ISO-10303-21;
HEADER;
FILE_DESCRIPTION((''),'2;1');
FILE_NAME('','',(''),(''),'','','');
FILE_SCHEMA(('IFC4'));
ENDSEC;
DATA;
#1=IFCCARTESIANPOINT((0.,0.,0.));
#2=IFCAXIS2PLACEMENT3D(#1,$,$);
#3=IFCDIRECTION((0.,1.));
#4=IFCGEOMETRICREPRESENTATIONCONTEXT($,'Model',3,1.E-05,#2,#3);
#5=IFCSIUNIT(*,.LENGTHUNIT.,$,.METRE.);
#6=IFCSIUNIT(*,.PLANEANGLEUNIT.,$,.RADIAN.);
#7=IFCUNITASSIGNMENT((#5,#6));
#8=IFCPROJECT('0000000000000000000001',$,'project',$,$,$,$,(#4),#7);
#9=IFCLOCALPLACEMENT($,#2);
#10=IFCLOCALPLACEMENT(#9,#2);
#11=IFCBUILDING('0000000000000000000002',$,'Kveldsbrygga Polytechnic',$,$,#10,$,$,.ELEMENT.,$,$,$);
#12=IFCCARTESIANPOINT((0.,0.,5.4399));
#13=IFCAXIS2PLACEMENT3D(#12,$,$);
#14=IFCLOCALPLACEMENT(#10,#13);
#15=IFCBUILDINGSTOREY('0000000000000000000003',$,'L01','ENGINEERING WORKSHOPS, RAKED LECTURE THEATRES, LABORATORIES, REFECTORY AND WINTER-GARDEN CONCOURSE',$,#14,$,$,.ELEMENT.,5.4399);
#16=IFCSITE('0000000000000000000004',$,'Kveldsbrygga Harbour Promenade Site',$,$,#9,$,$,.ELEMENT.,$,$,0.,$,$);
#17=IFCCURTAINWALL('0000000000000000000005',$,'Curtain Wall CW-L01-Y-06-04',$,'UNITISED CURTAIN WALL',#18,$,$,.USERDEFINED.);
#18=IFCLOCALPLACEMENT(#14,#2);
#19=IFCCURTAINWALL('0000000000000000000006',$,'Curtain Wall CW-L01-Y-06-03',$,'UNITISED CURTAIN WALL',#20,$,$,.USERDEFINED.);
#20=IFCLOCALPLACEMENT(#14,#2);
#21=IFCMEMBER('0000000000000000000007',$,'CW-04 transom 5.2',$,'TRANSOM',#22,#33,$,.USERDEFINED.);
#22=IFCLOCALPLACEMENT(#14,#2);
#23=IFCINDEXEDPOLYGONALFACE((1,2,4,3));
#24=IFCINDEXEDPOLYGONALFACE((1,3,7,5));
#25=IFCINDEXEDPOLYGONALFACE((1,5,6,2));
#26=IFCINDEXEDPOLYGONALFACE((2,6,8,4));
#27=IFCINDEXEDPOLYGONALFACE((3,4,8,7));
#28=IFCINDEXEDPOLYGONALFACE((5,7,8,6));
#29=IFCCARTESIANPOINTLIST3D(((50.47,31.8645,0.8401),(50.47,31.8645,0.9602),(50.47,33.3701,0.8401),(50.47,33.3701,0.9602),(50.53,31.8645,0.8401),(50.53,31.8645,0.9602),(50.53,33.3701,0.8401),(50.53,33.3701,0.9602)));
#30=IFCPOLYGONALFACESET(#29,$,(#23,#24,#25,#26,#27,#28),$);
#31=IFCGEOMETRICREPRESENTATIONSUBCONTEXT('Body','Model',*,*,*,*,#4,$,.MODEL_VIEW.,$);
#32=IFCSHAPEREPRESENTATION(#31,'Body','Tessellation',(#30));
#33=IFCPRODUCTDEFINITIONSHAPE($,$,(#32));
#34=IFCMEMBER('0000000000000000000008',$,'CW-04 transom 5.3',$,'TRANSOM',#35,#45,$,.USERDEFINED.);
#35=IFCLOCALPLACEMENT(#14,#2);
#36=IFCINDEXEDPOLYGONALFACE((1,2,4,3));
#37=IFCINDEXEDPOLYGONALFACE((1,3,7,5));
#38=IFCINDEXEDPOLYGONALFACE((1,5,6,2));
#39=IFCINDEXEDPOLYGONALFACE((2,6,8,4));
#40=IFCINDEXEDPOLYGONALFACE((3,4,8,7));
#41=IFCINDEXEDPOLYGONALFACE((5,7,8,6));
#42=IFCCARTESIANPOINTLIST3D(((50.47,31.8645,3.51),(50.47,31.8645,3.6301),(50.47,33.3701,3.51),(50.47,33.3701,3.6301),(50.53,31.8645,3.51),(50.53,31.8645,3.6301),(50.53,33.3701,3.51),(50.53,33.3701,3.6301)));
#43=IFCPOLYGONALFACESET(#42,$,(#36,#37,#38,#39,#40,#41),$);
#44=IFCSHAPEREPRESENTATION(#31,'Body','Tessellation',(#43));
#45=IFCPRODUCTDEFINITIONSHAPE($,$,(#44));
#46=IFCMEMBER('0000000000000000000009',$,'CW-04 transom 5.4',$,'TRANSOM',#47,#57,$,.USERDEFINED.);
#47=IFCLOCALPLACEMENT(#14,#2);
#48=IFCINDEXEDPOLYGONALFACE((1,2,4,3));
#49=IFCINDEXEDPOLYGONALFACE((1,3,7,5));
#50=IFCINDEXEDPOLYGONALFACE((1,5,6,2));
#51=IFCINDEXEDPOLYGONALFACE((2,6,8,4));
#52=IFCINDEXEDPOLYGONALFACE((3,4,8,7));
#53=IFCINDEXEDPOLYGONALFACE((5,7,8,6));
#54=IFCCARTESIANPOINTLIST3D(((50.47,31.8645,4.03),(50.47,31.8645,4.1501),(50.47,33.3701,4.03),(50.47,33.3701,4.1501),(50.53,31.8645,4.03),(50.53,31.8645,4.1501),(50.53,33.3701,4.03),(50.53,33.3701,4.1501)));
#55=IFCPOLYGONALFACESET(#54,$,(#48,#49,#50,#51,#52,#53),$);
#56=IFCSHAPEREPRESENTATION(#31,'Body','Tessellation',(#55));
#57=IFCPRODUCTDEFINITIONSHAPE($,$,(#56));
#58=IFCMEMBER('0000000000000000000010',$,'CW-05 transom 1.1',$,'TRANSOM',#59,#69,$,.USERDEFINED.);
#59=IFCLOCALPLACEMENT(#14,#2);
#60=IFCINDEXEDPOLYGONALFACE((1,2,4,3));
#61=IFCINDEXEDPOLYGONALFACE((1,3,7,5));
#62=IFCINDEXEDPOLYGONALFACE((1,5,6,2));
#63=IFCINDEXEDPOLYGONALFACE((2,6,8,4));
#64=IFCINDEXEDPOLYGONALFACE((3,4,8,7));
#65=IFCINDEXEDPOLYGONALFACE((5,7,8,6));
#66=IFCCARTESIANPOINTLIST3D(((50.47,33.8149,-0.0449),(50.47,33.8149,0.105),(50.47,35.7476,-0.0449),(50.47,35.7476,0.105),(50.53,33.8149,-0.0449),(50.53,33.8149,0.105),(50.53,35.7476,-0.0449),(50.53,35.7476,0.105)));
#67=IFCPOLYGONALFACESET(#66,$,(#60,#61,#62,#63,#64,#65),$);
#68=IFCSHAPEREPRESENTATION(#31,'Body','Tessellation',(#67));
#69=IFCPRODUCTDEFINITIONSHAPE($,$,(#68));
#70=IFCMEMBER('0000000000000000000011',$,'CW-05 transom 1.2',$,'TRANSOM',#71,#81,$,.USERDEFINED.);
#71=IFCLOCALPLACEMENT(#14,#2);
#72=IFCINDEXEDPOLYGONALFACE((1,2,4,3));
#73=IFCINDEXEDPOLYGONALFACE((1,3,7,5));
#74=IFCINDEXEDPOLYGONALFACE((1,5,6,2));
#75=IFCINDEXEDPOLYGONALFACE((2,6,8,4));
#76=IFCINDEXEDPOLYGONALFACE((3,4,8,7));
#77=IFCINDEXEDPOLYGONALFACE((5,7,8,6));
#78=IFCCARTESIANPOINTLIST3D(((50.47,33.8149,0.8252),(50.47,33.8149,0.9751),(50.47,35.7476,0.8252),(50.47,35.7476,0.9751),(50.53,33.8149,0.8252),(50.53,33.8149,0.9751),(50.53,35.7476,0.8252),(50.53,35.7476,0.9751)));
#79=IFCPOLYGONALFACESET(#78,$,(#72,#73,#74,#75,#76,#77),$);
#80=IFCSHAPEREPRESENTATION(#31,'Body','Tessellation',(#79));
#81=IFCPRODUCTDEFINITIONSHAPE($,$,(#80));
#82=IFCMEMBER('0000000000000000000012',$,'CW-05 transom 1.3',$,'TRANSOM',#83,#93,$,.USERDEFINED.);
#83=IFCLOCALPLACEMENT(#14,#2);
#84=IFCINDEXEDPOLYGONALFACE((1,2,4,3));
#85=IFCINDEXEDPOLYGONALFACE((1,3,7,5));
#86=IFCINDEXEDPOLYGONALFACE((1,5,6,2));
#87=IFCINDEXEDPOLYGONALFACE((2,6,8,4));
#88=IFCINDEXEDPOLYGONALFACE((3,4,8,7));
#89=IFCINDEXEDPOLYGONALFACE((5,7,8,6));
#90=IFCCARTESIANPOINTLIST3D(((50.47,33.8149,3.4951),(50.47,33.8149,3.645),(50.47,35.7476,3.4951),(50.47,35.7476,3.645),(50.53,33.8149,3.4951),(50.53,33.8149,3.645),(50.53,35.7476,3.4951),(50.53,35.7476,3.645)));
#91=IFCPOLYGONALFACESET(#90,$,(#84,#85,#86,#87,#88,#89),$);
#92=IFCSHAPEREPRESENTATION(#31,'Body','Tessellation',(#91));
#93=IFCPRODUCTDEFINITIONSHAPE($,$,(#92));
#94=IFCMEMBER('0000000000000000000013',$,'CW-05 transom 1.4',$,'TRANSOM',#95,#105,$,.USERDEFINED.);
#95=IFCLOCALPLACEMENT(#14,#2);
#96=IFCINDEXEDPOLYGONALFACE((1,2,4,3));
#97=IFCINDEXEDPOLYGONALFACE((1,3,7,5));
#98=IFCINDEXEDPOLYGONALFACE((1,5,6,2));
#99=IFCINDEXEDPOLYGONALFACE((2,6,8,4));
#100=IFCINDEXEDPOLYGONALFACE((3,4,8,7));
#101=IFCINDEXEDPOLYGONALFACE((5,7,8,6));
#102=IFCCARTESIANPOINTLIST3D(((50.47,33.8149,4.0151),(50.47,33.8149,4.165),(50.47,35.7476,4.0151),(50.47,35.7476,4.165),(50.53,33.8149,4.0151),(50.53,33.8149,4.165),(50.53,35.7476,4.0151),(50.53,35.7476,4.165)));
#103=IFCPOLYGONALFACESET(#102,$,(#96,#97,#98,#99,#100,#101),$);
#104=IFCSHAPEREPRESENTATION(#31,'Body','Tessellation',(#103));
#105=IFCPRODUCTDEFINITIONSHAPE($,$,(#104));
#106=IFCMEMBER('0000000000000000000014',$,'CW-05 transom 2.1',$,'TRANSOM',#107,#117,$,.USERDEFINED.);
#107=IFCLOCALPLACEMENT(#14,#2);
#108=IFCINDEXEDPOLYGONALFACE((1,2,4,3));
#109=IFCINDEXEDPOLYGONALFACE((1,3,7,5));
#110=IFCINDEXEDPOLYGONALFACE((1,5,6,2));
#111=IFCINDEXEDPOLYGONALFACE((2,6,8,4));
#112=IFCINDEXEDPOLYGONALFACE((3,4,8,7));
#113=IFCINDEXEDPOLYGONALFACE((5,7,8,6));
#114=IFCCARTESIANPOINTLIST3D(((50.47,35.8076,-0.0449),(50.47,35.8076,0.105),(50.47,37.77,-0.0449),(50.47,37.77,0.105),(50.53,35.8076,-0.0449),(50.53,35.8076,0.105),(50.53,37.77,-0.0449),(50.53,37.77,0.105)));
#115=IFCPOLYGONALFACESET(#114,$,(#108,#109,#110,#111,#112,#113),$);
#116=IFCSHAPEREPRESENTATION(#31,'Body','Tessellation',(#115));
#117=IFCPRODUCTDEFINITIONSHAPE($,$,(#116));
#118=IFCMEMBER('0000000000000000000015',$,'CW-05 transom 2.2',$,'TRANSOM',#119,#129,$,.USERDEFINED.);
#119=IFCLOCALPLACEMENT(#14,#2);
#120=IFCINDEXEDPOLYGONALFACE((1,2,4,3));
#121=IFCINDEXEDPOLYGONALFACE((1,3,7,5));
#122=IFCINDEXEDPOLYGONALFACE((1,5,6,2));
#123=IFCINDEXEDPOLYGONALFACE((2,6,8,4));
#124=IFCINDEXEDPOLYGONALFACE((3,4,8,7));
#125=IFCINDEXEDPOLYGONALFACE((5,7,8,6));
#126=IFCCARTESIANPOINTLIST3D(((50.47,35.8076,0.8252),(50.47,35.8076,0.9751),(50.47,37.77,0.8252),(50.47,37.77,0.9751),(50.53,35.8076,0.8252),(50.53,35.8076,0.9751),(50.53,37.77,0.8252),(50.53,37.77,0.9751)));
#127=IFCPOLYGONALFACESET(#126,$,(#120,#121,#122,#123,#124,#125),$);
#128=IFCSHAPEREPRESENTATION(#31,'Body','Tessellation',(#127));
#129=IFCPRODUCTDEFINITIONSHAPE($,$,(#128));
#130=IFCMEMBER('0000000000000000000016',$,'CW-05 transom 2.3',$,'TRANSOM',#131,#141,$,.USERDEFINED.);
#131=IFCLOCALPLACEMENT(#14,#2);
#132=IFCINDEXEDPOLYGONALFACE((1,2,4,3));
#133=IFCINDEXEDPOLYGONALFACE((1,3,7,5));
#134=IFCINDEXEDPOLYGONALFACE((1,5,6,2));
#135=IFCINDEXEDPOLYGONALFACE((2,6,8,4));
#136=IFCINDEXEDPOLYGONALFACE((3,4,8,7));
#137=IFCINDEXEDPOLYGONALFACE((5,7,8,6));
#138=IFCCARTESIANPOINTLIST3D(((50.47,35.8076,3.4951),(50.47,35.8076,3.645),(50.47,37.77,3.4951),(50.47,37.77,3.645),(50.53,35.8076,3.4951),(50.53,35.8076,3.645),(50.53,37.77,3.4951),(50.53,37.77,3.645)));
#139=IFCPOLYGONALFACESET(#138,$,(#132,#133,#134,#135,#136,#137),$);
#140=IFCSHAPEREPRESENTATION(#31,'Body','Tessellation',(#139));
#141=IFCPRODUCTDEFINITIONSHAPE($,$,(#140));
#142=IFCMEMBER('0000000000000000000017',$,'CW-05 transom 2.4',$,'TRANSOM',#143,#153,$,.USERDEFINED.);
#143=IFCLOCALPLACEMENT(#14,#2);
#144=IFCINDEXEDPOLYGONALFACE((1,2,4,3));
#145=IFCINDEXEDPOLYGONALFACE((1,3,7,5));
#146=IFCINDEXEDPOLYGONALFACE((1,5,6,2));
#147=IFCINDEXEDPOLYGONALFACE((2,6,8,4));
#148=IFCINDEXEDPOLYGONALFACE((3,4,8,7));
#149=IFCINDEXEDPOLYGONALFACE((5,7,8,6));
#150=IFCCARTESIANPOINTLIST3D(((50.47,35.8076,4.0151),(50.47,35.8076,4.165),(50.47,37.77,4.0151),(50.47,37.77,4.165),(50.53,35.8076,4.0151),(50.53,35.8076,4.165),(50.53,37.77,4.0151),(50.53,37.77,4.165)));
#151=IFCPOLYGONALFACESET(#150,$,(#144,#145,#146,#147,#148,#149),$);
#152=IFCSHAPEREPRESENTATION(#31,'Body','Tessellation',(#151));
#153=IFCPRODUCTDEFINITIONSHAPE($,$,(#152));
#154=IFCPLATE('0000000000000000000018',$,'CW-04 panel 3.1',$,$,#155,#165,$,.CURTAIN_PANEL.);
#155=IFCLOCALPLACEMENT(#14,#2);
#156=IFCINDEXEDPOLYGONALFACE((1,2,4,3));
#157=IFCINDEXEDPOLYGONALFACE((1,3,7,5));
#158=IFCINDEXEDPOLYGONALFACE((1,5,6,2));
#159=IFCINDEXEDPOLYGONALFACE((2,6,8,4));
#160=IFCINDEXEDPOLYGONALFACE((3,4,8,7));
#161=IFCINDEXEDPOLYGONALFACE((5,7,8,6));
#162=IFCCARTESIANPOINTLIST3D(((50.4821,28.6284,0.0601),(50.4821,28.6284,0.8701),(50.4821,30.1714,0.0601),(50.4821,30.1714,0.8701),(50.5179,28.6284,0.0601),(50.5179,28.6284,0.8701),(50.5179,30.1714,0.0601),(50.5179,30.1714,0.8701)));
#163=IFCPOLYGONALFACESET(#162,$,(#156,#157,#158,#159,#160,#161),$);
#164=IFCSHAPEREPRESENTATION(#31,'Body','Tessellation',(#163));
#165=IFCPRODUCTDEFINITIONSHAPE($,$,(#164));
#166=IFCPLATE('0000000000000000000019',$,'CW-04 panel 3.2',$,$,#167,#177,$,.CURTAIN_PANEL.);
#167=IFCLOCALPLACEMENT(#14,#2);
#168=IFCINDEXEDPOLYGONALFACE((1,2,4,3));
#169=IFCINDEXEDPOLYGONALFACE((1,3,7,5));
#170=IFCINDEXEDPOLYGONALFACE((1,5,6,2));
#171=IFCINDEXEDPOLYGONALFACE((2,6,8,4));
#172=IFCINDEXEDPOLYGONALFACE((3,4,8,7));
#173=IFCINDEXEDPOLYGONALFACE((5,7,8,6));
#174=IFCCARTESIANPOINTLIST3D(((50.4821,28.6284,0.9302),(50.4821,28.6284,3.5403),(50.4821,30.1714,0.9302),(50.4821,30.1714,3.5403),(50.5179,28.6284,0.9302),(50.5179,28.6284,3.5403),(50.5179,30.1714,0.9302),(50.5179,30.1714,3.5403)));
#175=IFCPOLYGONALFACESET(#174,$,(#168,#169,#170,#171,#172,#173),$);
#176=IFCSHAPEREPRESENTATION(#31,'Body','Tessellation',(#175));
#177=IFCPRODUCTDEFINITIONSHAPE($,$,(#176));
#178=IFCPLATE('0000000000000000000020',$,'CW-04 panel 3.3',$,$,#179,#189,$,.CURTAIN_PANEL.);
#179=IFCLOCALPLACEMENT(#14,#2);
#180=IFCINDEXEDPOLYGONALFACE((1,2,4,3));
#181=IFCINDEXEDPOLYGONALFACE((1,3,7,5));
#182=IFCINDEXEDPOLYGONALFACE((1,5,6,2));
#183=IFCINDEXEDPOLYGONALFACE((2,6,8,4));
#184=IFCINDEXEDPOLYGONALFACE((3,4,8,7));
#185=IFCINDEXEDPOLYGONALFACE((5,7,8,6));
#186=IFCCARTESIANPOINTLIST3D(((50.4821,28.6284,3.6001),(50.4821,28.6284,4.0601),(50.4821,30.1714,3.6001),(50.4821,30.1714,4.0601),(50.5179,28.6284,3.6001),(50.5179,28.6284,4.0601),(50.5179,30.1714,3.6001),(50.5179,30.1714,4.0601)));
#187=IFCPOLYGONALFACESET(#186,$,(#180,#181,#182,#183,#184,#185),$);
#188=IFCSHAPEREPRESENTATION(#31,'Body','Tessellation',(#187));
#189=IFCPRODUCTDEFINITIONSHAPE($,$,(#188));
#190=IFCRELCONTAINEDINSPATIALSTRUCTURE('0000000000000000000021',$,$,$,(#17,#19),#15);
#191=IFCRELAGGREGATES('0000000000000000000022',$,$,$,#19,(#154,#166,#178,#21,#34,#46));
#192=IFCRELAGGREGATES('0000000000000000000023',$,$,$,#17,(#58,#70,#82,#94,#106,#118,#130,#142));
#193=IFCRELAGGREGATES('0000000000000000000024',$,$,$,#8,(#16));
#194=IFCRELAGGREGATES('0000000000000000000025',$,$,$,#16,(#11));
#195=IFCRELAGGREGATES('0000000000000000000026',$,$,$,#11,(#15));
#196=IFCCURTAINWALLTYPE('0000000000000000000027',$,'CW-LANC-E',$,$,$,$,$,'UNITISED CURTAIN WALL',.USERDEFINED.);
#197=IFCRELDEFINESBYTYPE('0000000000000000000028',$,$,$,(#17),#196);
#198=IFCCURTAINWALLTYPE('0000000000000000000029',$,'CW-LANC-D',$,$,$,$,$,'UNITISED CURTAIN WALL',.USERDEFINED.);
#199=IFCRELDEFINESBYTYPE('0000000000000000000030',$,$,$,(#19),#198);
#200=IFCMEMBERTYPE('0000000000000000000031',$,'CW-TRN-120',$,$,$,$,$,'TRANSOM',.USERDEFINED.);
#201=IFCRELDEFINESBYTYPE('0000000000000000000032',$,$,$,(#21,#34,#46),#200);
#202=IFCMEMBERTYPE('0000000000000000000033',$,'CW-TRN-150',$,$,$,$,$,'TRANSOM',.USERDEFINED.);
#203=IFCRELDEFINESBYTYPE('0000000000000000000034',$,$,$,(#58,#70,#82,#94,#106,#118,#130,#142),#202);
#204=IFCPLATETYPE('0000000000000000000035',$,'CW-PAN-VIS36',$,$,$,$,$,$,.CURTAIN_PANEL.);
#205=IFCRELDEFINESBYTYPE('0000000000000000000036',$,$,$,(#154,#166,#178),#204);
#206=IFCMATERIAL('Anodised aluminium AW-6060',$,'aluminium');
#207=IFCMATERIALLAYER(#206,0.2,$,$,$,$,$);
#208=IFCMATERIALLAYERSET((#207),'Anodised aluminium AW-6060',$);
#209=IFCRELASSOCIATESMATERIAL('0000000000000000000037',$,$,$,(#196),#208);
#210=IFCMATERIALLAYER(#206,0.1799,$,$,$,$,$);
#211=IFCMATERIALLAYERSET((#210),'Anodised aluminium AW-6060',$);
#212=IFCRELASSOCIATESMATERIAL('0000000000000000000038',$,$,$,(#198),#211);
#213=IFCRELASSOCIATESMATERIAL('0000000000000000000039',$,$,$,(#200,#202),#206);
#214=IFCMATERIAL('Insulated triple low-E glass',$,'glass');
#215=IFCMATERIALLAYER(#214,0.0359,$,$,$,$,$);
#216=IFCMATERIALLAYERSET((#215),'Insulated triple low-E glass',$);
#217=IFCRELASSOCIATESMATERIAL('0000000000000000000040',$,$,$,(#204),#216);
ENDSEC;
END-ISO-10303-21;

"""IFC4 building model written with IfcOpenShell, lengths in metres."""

from ifc_helpers import new_model, si_unit, direction, frame, origin, origin_2d, place, context, subcontext, project, spatial, rectangle, extrude, material, layer, layer_set, material_profile, profile_set, type_object, element, aggregate, save


model = new_model("IFC4")

# Units and contexts
model_context = context("Model", 3, precision=1e-05, world=origin(), true_north=direction((0.0, 1.0)))
body_context = subcontext(model_context, "Body", "Model", "MODEL_VIEW")
ifc_project = project(units=[si_unit("LENGTHUNIT", "METRE"), si_unit("PLANEANGLEUNIT", "RADIAN")], contexts=[model_context])

# Site, building, storey
site_placement = place(None, origin())
site = spatial("IfcSite", under=ifc_project, at=site_placement, Name="Kveldsbrygga Harbour Promenade Site", CompositionType="ELEMENT", RefElevation=0.0)
building_placement = place(site_placement, origin())
building = spatial("IfcBuilding", under=site, at=building_placement, Name="Kveldsbrygga Polytechnic", CompositionType="ELEMENT")
storey_placement = place(building_placement, frame((0.0, 0.0, 5.4399)))
storey = spatial("IfcBuildingStorey", under=building, at=storey_placement, Name="L01", Description="ENGINEERING WORKSHOPS, RAKED LECTURE THEATRES, LABORATORIES, REFECTORY AND WINTER-GARDEN CONCOURSE", CompositionType="ELEMENT", Elevation=5.4399)

# Curtain walls, members
ifc_material_1 = material(Name="Anodised aluminium AW-6060", Category="aluminium")
ifc_layer_1 = layer(ifc_material_1, 0.2)
ifc_layer_set_1 = layer_set([ifc_layer_1], Name="Anodised aluminium AW-6060")
curtain_wall_type_1 = type_object("IfcCurtainWallType", Name="CW-LANC-E", ElementType="UNITISED CURTAIN WALL", PredefinedType="USERDEFINED", material=ifc_layer_set_1)
curtain_wall_1_placement = place(storey_placement, origin())
curtain_wall_1 = element("IfcCurtainWall", 1, at=curtain_wall_1_placement, inside=storey, type_object=curtain_wall_type_1, Name="Curtain Wall CW-L01-Y-06-04", ObjectType="UNITISED CURTAIN WALL", PredefinedType="USERDEFINED")
ifc_layer_2 = layer(ifc_material_1, 0.1799)
ifc_layer_set_2 = layer_set([ifc_layer_2], Name="Anodised aluminium AW-6060")
curtain_wall_type_2 = type_object("IfcCurtainWallType", Name="CW-LANC-D", ElementType="UNITISED CURTAIN WALL", PredefinedType="USERDEFINED", material=ifc_layer_set_2)
curtain_wall_2_placement = place(storey_placement, origin())
curtain_wall_2 = element("IfcCurtainWall", 2, at=curtain_wall_2_placement, inside=storey, type_object=curtain_wall_type_2, Name="Curtain Wall CW-L01-Y-06-03", ObjectType="UNITISED CURTAIN WALL", PredefinedType="USERDEFINED")
ifc_material_profile_1 = material_profile(ifc_material_1, rectangle(XDim=0.0601, YDim=0.1201, at=origin_2d()), Name="ALU 60x120")
ifc_profile_set_1 = profile_set([ifc_material_profile_1], Name="Anodised aluminium AW-6060")
member_type_1 = type_object("IfcMemberType", Name="CW-TRN-120", ElementType="TRANSOM", PredefinedType="USERDEFINED", material=ifc_profile_set_1)
member_1_placement = place(storey_placement, frame((50.5, 31.8645, 0.9001), z_axis=(0.0, 1.0, 0.0), x_axis=(-1.0, 0.0, 0.0)))
member_1 = element("IfcMember", 3, at=member_1_placement, type_object=member_type_1, Name="CW-04 transom 5.2", ObjectType="TRANSOM", PredefinedType="USERDEFINED", context=body_context, shape_type="SweptSolid", body=[
    extrude(rectangle(XDim=0.0601, YDim=0.1201, at=origin_2d()), origin(), (0.0, 0.0, 1.0), 1.5056),
])
member_2_placement = place(storey_placement, frame((50.5, 31.8645, 3.5701), z_axis=(0.0, 1.0, 0.0), x_axis=(-1.0, 0.0, 0.0)))
member_2 = element("IfcMember", 4, at=member_2_placement, type_object=member_type_1, Name="CW-04 transom 5.3", ObjectType="TRANSOM", PredefinedType="USERDEFINED", context=body_context, shape_type="SweptSolid", body=[
    extrude(rectangle(XDim=0.0601, YDim=0.1201, at=origin_2d()), origin(), (0.0, 0.0, 1.0), 1.5056),
])
member_3_placement = place(storey_placement, frame((50.5, 31.8645, 4.0901), z_axis=(0.0, 1.0, 0.0), x_axis=(-1.0, 0.0, 0.0)))
member_3 = element("IfcMember", 5, at=member_3_placement, type_object=member_type_1, Name="CW-04 transom 5.4", ObjectType="TRANSOM", PredefinedType="USERDEFINED", context=body_context, shape_type="SweptSolid", body=[
    extrude(rectangle(XDim=0.0601, YDim=0.1201, at=origin_2d()), origin(), (0.0, 0.0, 1.0), 1.5056),
])

# Members
ifc_material_profile_2 = material_profile(ifc_material_1, rectangle(XDim=0.0601, YDim=0.1499, at=origin_2d()), Name="ALU 60x150")
ifc_profile_set_2 = profile_set([ifc_material_profile_2], Name="Anodised aluminium AW-6060")
member_type_2 = type_object("IfcMemberType", Name="CW-TRN-150", ElementType="TRANSOM", PredefinedType="USERDEFINED", material=ifc_profile_set_2)
member_4_placement = place(storey_placement, frame((50.5, 33.8149, 0.03), z_axis=(0.0, 1.0, 0.0), x_axis=(-1.0, 0.0, 0.0)))
member_4 = element("IfcMember", 6, at=member_4_placement, type_object=member_type_2, Name="CW-05 transom 1.1", ObjectType="TRANSOM", PredefinedType="USERDEFINED", context=body_context, shape_type="SweptSolid", body=[
    extrude(rectangle(XDim=0.0601, YDim=0.1499, at=origin_2d()), origin(), (0.0, 0.0, 1.0), 1.9326),
])
member_5_placement = place(storey_placement, frame((50.5, 33.8149, 0.9001), z_axis=(0.0, 1.0, 0.0), x_axis=(-1.0, 0.0, 0.0)))
member_5 = element("IfcMember", 7, at=member_5_placement, type_object=member_type_2, Name="CW-05 transom 1.2", ObjectType="TRANSOM", PredefinedType="USERDEFINED", context=body_context, shape_type="SweptSolid", body=[
    extrude(rectangle(XDim=0.0601, YDim=0.1499, at=origin_2d()), origin(), (0.0, 0.0, 1.0), 1.9326),
])
member_6_placement = place(storey_placement, frame((50.5, 33.8149, 3.5701), z_axis=(0.0, 1.0, 0.0), x_axis=(-1.0, 0.0, 0.0)))
member_6 = element("IfcMember", 8, at=member_6_placement, type_object=member_type_2, Name="CW-05 transom 1.3", ObjectType="TRANSOM", PredefinedType="USERDEFINED", context=body_context, shape_type="SweptSolid", body=[
    extrude(rectangle(XDim=0.0601, YDim=0.1499, at=origin_2d()), origin(), (0.0, 0.0, 1.0), 1.9326),
])
member_7_placement = place(storey_placement, frame((50.5, 33.8149, 4.0901), z_axis=(0.0, 1.0, 0.0), x_axis=(-1.0, 0.0, 0.0)))
member_7 = element("IfcMember", 9, at=member_7_placement, type_object=member_type_2, Name="CW-05 transom 1.4", ObjectType="TRANSOM", PredefinedType="USERDEFINED", context=body_context, shape_type="SweptSolid", body=[
    extrude(rectangle(XDim=0.0601, YDim=0.1499, at=origin_2d()), origin(), (0.0, 0.0, 1.0), 1.9326),
])
member_8_placement = place(storey_placement, frame((50.5, 35.8076, 0.03), z_axis=(0.0, 1.0, 0.0), x_axis=(-1.0, 0.0, 0.0)))
member_8 = element("IfcMember", 10, at=member_8_placement, type_object=member_type_2, Name="CW-05 transom 2.1", ObjectType="TRANSOM", PredefinedType="USERDEFINED", context=body_context, shape_type="SweptSolid", body=[
    extrude(rectangle(XDim=0.0601, YDim=0.1499, at=origin_2d()), origin(), (0.0, 0.0, 1.0), 1.9624),
])
member_9_placement = place(storey_placement, frame((50.5, 35.8076, 0.9001), z_axis=(0.0, 1.0, 0.0), x_axis=(-1.0, 0.0, 0.0)))
member_9 = element("IfcMember", 11, at=member_9_placement, type_object=member_type_2, Name="CW-05 transom 2.2", ObjectType="TRANSOM", PredefinedType="USERDEFINED", context=body_context, shape_type="SweptSolid", body=[
    extrude(rectangle(XDim=0.0601, YDim=0.1499, at=origin_2d()), origin(), (0.0, 0.0, 1.0), 1.9624),
])
member_10_placement = place(storey_placement, frame((50.5, 35.8076, 3.5701), z_axis=(0.0, 1.0, 0.0), x_axis=(-1.0, 0.0, 0.0)))
member_10 = element("IfcMember", 12, at=member_10_placement, type_object=member_type_2, Name="CW-05 transom 2.3", ObjectType="TRANSOM", PredefinedType="USERDEFINED", context=body_context, shape_type="SweptSolid", body=[
    extrude(rectangle(XDim=0.0601, YDim=0.1499, at=origin_2d()), origin(), (0.0, 0.0, 1.0), 1.9624),
])
member_11_placement = place(storey_placement, frame((50.5, 35.8076, 4.0901), z_axis=(0.0, 1.0, 0.0), x_axis=(-1.0, 0.0, 0.0)))
member_11 = element("IfcMember", 13, at=member_11_placement, type_object=member_type_2, Name="CW-05 transom 2.4", ObjectType="TRANSOM", PredefinedType="USERDEFINED", context=body_context, shape_type="SweptSolid", body=[
    extrude(rectangle(XDim=0.0601, YDim=0.1499, at=origin_2d()), origin(), (0.0, 0.0, 1.0), 1.9624),
])

# Plates
ifc_material_2 = material(Name="Insulated triple low-E glass", Category="glass")
ifc_layer_3 = layer(ifc_material_2, 0.0359)
ifc_layer_set_3 = layer_set([ifc_layer_3], Name="Insulated triple low-E glass")
plate_type_1 = type_object("IfcPlateType", Name="CW-PAN-VIS36", PredefinedType="CURTAIN_PANEL", material=ifc_layer_set_3)
plate_1_placement = place(storey_placement, frame((50.5, 29.3999, 0.0601), z_axis=(0.0, 0.0, 1.0), x_axis=(0.0, 1.0, 0.0)))
plate_1 = element("IfcPlate", 14, at=plate_1_placement, type_object=plate_type_1, Name="CW-04 panel 3.1", PredefinedType="CURTAIN_PANEL", context=body_context, shape_type="SweptSolid", body=[
    extrude(rectangle(XDim=1.543, YDim=0.0359, at=origin_2d()), origin(), (0.0, 0.0, 1.0), 0.8101),
])
plate_2_placement = place(storey_placement, frame((50.5, 29.3999, 0.9302), z_axis=(0.0, 0.0, 1.0), x_axis=(0.0, 1.0, 0.0)))
plate_2 = element("IfcPlate", 15, at=plate_2_placement, type_object=plate_type_1, Name="CW-04 panel 3.2", PredefinedType="CURTAIN_PANEL", context=body_context, shape_type="SweptSolid", body=[
    extrude(rectangle(XDim=1.543, YDim=0.0359, at=origin_2d()), origin(), (0.0, 0.0, 1.0), 2.6101),
])
plate_3_placement = place(storey_placement, frame((50.5, 29.3999, 3.6001), z_axis=(0.0, 0.0, 1.0), x_axis=(0.0, 1.0, 0.0)))
plate_3 = element("IfcPlate", 16, at=plate_3_placement, type_object=plate_type_1, Name="CW-04 panel 3.3", PredefinedType="CURTAIN_PANEL", context=body_context, shape_type="SweptSolid", body=[
    extrude(rectangle(XDim=1.543, YDim=0.0359, at=origin_2d()), origin(), (0.0, 0.0, 1.0), 0.46),
])
aggregate(curtain_wall_2, [plate_1, plate_2, plate_3, member_1, member_2, member_3])
aggregate(curtain_wall_1, [member_4, member_5, member_6, member_7, member_8, member_9, member_10, member_11])

save(model, "model.ifc")
